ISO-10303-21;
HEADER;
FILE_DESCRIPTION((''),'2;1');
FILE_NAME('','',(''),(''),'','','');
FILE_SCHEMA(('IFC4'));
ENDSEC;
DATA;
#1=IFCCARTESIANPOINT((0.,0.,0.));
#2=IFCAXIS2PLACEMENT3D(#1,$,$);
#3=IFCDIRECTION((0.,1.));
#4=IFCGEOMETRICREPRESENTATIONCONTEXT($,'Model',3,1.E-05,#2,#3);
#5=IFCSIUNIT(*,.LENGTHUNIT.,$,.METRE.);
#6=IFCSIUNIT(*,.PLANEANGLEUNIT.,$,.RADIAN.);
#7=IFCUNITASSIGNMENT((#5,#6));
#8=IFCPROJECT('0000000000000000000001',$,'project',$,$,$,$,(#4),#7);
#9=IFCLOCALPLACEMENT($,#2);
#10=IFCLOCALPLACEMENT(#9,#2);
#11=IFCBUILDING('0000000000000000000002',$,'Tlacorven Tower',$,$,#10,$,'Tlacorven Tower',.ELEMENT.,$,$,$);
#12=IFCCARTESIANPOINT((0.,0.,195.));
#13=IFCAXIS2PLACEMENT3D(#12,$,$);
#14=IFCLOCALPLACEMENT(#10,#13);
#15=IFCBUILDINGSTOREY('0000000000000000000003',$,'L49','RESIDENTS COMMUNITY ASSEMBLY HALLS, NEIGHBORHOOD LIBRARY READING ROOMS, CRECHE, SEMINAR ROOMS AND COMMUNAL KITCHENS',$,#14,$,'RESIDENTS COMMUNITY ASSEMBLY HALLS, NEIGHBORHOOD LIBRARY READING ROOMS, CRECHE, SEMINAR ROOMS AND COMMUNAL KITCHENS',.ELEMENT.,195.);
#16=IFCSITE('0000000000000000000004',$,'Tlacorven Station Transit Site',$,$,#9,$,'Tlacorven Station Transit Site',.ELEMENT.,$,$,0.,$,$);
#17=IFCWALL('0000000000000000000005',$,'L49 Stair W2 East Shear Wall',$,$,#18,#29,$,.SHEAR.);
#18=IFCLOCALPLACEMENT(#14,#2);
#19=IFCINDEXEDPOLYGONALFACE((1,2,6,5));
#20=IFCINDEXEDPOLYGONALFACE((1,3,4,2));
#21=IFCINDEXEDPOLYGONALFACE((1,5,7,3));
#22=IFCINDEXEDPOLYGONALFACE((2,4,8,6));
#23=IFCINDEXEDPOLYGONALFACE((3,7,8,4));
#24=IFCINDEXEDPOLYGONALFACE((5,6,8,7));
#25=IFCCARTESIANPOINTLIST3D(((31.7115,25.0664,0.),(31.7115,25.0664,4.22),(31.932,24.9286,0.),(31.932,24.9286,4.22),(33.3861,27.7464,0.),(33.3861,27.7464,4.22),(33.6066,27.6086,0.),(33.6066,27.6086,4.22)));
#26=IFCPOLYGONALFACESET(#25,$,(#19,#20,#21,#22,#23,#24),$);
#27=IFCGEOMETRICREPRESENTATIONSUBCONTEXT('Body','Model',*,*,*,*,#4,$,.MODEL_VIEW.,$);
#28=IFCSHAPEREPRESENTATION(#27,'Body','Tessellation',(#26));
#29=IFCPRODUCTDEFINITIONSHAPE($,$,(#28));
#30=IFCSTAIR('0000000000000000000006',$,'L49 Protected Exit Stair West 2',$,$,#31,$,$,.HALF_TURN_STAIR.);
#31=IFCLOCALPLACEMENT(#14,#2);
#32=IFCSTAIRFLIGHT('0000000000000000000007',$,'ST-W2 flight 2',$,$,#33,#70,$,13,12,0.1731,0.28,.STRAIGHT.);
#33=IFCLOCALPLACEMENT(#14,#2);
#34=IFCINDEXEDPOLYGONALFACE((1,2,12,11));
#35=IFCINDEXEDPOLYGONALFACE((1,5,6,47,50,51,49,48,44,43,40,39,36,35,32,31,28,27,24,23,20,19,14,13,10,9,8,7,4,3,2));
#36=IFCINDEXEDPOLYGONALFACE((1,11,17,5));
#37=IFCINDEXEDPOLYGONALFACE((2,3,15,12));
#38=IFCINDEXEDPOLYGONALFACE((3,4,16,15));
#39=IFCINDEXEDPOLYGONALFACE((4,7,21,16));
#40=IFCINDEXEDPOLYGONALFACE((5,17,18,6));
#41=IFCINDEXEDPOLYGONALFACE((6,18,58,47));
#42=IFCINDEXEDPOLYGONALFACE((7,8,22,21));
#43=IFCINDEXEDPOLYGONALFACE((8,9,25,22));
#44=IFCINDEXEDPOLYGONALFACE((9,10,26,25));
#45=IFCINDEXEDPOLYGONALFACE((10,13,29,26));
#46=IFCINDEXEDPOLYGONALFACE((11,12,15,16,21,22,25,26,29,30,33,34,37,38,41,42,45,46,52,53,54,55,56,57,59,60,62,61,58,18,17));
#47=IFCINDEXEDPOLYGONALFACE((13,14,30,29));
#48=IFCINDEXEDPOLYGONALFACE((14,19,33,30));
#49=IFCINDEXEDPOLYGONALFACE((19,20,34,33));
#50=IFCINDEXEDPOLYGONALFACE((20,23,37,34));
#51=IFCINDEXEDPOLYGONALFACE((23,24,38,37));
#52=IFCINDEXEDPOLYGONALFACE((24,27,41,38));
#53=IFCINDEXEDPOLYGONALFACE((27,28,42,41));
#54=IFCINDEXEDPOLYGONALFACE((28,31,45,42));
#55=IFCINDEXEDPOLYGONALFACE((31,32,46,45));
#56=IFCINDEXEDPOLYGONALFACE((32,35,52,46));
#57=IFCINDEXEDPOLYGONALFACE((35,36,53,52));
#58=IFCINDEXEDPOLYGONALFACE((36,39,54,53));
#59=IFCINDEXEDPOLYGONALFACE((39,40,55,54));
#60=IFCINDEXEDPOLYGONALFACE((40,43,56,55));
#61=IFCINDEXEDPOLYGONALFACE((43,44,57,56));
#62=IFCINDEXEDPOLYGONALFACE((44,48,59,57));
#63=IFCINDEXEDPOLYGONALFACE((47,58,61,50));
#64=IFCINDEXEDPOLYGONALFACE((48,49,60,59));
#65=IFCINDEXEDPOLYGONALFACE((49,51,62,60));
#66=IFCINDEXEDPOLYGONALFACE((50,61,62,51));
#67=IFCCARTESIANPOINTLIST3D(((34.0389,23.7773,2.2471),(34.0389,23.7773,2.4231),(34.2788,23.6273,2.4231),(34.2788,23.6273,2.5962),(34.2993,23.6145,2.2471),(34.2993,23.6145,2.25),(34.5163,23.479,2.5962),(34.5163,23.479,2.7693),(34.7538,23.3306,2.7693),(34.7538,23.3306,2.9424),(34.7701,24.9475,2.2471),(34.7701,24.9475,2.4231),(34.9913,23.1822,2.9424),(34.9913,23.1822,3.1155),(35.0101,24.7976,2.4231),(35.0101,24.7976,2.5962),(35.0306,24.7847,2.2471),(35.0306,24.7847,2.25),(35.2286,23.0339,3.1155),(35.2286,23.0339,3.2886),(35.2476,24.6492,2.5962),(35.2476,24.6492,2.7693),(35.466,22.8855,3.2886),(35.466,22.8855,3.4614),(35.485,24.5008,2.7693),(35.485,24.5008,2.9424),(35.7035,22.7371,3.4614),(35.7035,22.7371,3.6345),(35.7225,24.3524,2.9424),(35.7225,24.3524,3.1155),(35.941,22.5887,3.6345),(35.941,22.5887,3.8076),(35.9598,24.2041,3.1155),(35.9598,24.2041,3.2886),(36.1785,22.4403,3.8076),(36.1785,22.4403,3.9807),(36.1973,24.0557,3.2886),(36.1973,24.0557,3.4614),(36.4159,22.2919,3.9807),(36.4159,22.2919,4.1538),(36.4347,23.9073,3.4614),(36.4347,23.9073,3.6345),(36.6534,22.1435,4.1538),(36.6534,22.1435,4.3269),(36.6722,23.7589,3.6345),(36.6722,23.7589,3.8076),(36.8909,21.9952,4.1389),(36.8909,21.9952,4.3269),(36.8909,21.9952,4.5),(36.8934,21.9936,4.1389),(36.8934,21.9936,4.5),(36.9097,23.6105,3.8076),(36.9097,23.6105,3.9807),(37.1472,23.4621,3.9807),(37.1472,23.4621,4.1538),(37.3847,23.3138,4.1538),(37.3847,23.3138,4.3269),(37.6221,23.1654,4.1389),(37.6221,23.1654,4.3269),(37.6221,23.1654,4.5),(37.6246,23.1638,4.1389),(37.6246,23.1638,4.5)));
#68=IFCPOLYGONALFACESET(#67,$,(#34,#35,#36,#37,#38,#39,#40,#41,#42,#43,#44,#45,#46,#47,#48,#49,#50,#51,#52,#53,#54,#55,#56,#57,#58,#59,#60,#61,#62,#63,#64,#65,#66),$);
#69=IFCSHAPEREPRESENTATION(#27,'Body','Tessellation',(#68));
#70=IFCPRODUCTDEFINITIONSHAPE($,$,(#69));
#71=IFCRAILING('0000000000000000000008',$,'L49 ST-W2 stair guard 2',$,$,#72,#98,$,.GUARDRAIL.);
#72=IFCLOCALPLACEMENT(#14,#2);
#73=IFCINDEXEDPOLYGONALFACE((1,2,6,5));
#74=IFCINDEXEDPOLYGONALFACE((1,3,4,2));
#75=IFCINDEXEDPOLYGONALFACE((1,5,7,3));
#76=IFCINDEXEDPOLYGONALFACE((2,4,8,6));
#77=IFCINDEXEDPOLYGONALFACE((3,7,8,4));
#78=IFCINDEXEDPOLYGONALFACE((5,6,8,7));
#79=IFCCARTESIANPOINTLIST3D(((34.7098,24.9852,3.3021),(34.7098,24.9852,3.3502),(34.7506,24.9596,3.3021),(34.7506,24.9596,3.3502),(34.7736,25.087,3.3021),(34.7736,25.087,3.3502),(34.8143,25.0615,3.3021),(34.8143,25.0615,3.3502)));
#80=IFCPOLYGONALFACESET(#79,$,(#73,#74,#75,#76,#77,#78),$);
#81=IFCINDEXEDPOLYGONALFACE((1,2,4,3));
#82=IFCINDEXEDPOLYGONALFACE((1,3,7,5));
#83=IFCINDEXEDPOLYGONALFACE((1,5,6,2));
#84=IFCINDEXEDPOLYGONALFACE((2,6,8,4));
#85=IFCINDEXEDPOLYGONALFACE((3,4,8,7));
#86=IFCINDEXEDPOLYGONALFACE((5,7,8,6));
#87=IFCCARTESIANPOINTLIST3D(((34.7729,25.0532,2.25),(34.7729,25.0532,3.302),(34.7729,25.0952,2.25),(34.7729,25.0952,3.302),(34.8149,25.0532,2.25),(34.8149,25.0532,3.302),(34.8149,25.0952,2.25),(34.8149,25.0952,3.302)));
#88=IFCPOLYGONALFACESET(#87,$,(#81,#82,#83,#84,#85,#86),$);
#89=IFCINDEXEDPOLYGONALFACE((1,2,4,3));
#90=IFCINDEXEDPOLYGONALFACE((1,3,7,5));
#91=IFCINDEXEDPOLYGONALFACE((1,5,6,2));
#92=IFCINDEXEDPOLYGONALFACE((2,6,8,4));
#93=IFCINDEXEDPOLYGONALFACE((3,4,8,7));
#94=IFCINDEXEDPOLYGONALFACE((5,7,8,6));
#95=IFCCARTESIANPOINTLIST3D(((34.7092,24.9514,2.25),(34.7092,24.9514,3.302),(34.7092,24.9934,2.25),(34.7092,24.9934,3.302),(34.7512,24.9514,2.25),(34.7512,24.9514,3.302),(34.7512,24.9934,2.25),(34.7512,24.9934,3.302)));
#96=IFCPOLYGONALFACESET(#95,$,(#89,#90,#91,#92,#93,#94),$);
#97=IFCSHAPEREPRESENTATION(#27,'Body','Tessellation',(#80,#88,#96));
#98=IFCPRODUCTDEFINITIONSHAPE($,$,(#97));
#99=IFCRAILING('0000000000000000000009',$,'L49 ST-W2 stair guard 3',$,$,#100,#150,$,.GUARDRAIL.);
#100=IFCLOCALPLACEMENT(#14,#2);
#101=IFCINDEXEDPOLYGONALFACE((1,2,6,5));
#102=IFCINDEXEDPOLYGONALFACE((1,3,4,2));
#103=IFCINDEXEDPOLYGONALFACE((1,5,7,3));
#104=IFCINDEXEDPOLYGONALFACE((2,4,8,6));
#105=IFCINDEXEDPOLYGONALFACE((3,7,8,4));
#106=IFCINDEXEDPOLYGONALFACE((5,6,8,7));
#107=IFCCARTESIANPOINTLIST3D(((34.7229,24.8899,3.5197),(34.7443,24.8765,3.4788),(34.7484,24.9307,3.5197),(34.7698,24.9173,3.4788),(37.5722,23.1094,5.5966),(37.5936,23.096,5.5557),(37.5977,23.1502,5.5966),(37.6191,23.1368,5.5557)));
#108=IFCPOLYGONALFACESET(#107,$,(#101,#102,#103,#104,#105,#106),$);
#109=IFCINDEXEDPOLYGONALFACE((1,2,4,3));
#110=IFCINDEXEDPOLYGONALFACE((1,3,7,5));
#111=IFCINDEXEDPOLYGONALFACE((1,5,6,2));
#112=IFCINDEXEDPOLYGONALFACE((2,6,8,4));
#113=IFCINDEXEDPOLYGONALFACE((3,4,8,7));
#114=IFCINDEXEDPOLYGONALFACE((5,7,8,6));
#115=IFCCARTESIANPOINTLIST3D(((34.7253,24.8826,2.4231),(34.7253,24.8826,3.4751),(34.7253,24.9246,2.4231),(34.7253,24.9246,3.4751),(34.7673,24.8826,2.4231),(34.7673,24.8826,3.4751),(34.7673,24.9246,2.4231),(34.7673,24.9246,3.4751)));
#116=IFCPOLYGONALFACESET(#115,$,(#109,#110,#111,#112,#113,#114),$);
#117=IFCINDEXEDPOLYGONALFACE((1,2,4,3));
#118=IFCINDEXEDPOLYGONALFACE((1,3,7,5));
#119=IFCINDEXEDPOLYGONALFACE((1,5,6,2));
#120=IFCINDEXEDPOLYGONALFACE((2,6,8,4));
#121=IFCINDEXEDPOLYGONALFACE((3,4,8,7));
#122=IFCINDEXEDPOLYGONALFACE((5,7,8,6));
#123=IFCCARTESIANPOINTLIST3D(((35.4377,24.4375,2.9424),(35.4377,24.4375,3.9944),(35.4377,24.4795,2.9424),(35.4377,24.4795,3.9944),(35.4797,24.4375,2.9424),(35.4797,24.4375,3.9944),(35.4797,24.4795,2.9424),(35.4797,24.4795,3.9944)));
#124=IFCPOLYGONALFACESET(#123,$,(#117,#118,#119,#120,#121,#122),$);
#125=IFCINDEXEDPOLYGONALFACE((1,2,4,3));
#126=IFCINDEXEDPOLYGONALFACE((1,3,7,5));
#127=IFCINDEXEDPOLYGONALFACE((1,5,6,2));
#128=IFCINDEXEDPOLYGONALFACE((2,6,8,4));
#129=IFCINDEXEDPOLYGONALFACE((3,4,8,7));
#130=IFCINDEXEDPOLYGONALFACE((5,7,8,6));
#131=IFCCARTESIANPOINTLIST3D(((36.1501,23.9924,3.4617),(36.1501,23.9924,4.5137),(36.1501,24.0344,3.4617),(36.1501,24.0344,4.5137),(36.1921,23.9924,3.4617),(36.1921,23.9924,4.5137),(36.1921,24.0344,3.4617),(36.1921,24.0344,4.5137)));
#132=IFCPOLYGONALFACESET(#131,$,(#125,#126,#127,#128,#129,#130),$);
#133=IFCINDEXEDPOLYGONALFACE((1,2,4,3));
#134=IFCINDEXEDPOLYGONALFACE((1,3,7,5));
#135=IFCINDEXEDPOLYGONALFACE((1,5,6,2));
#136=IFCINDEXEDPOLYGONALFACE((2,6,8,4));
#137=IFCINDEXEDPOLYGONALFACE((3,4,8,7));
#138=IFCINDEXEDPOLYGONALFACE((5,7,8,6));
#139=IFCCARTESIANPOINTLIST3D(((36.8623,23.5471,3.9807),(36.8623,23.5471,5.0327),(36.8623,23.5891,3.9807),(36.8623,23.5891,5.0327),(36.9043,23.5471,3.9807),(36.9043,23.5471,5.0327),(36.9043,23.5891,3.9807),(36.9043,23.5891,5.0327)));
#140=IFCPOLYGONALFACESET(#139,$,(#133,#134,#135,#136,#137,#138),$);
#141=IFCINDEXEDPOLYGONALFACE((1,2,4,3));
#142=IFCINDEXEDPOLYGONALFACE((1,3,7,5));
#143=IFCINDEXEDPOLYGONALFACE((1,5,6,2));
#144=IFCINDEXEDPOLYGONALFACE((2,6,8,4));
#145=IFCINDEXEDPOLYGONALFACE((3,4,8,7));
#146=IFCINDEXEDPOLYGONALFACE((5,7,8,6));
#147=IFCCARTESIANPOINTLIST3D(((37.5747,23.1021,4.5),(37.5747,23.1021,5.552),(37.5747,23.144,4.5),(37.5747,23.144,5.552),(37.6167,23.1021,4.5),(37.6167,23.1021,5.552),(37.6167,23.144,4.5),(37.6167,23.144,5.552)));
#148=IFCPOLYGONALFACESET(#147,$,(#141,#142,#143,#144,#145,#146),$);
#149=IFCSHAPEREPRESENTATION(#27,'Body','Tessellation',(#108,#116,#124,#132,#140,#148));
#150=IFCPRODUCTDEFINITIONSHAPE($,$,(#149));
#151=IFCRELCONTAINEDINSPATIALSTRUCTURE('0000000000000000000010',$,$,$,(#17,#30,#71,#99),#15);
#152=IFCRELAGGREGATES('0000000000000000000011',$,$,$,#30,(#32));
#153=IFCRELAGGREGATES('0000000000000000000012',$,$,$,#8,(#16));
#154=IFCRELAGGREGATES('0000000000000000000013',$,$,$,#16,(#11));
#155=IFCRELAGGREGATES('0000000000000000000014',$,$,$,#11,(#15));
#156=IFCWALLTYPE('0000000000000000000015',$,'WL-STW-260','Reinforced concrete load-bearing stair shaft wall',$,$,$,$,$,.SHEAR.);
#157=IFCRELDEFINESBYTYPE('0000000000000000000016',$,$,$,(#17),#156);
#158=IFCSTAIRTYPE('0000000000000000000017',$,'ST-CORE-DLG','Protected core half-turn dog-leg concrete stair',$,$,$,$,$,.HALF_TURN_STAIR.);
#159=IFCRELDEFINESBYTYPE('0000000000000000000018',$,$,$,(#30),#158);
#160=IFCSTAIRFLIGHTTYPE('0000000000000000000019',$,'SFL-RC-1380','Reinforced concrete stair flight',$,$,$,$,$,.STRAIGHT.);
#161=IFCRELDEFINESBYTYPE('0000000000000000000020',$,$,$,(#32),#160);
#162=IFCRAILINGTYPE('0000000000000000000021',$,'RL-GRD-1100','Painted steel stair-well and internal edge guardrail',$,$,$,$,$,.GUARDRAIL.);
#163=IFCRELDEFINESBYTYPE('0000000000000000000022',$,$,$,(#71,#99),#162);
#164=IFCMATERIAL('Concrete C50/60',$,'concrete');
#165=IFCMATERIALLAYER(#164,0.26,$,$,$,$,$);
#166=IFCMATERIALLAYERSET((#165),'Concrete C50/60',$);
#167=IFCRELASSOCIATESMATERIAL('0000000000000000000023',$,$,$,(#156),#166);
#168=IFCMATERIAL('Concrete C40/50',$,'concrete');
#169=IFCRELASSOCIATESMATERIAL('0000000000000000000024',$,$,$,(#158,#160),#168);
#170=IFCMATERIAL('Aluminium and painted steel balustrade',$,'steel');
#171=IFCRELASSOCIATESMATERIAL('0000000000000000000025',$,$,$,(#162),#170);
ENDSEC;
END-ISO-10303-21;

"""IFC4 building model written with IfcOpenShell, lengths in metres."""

from ifc_helpers import new_model, si_unit, direction, frame, frame_2d, origin, origin_2d, place, context, subcontext, project, spatial, polyline, rectangle, outline, extrude, source, transform, mapped, material, layer, layer_set, type_object, element, aggregate, save


model = new_model("IFC4")

# Units and contexts
model_context = context("Model", 3, precision=1e-05, world=origin(), true_north=direction((0.0, 1.0)))
body_context = subcontext(model_context, "Body", "Model", "MODEL_VIEW")
ifc_project = project(units=[si_unit("LENGTHUNIT", "METRE"), si_unit("PLANEANGLEUNIT", "RADIAN")], contexts=[model_context])

# Site, building, storey
site_placement = place(None, origin())
site = spatial("IfcSite", under=ifc_project, at=site_placement, Name="Tlacorven Station Transit Site", LongName="Tlacorven Station Transit Site", CompositionType="ELEMENT", RefElevation=0.0)
building_placement = place(site_placement, origin())
building = spatial("IfcBuilding", under=site, at=building_placement, Name="Tlacorven Tower", LongName="Tlacorven Tower", CompositionType="ELEMENT")
storey_placement = place(building_placement, frame((0.0, 0.0, 195.0)))
storey = spatial("IfcBuildingStorey", under=building, at=storey_placement, Name="L49", Description="RESIDENTS COMMUNITY ASSEMBLY HALLS, NEIGHBORHOOD LIBRARY READING ROOMS, CRECHE, SEMINAR ROOMS AND COMMUNAL KITCHENS", LongName="RESIDENTS COMMUNITY ASSEMBLY HALLS, NEIGHBORHOOD LIBRARY READING ROOMS, CRECHE, SEMINAR ROOMS AND COMMUNAL KITCHENS", CompositionType="ELEMENT", Elevation=195.0)

# Shared definitions
ifc_material_1 = material(Name="Concrete C40/50", Category="concrete")

# Wall
ifc_material_2 = material(Name="Concrete C50/60", Category="concrete")
ifc_layer_1 = layer(ifc_material_2, 0.26)
ifc_layer_set_1 = layer_set([ifc_layer_1], Name="Concrete C50/60")
wall_type_1 = type_object("IfcWallType", Name="WL-STW-260", Description="Reinforced concrete load-bearing stair shaft wall", PredefinedType="SHEAR", material=ifc_layer_set_1)
wall_1_placement = place(storey_placement, frame((33.4963, 27.6775, 0.0), z_axis=(0.0, 0.0, 1.0), x_axis=(-0.529909, -0.848055, 0.0)))
element("IfcWall", 1, at=wall_1_placement, inside=storey, type_object=wall_type_1, Name="L49 Stair W2 East Shear Wall", PredefinedType="SHEAR", context=body_context, shape_type="SweptSolid", body=[
    extrude(rectangle(XDim=3.1602, YDim=0.26, at=frame_2d((1.5801, 0.0))), origin(), (0.0, 0.0, 1.0), 4.22),
])

# Stair, stair flight
stair_type = type_object("IfcStairType", Name="ST-CORE-DLG", Description="Protected core half-turn dog-leg concrete stair", PredefinedType="HALF_TURN_STAIR", material=ifc_material_1)
stair_placement = place(storey_placement, origin())
stair = element("IfcStair", 2, at=stair_placement, inside=storey, type_object=stair_type, Name="L49 Protected Exit Stair West 2", PredefinedType="HALF_TURN_STAIR")
stair_flight_type = type_object("IfcStairFlightType", Name="SFL-RC-1380", Description="Reinforced concrete stair flight", PredefinedType="STRAIGHT", material=ifc_material_1)
shared_shape_1 = source(origin(), body_context, "Body", "SweptSolid", [
    extrude(outline(polyline([(-0.0029, -0.0029), (-0.0029, 0.1731), (0.28, 0.1731), (0.28, 0.3462), (0.5601, 0.3462), (0.5601, 0.5193), (0.8401, 0.5193), (0.8401, 0.6924), (1.1201, 0.6924), (1.1201, 0.8655), (1.3999, 0.8655), (1.3999, 1.0386), (1.6799, 1.0386), (1.6799, 1.2114), (1.96, 1.2114), (1.96, 1.3845), (2.24, 1.3845), (2.24, 1.5576), (2.52, 1.5576), (2.52, 1.7307), (2.8, 1.7307), (2.8, 1.9038), (3.0801, 1.9038), (3.0801, 2.0769), (3.3601, 2.0769), (3.3601, 2.25), (3.363, 2.25), (3.363, 1.8889), (3.3601, 1.8889), (0.3042, 0.0), (0.3042, -0.0029), (-0.0029, -0.0029)])), frame((0.0, 0.6899, 0.0), z_axis=(0.0, -1.0, 0.0), x_axis=(1.0, 0.0, 0.0)), (0.0, 0.0, 1.0), 1.3799),
])
stair_flight_placement = place(storey_placement, frame((34.407, 24.3608, 2.25), z_axis=(0.0, 0.0, 1.0), x_axis=(0.848048, -0.529919, 0.0)))
stair_flight = element("IfcStairFlight", 3, at=stair_flight_placement, type_object=stair_flight_type, Name="ST-W2 flight 2", NumberOfRisers=13, NumberOfTreads=12, PredefinedType="STRAIGHT", RiserHeight=0.1731, TreadLength=0.28, context=body_context, shape_type="MappedRepresentation", body=[
    mapped(shared_shape_1, transform((0.0, 0.0, 0.0), scale=1.0)),
])
aggregate(stair, [stair_flight])

# Railings
ifc_material_3 = material(Name="Aluminium and painted steel balustrade", Category="steel")
railing_type = type_object("IfcRailingType", Name="RL-GRD-1100", Description="Painted steel stair-well and internal edge guardrail", PredefinedType="GUARDRAIL", material=ifc_material_3)
shared_shape_2 = source(origin(), body_context, "Body", "SweptSolid", [
    extrude(rectangle(XDim=0.0481, YDim=0.0481, at=origin_2d()), frame((0.0, 0.0, 1.0762), z_axis=(-0.530547, -0.847656, 0.0), x_axis=(0.847656, -0.530547, 0.0)), (0.0, 0.0, 1.0), 0.1201),
    extrude(rectangle(XDim=0.042, YDim=0.042, at=origin_2d()), origin(), (0.0, 0.0, 1.0), 1.052),
    extrude(rectangle(XDim=0.042, YDim=0.042, at=origin_2d()), frame((-0.0637, -0.1018, 0.0)), (0.0, 0.0, 1.0), 1.052),
])
railing_1_placement = place(storey_placement, frame((34.7939, 25.0742, 2.25)))
element("IfcRailing", 4, at=railing_1_placement, inside=storey, type_object=railing_type, Name="L49 ST-W2 stair guard 2", PredefinedType="GUARDRAIL", context=body_context, shape_type="MappedRepresentation", body=[
    mapped(shared_shape_2, transform((0.0, 0.0, 0.0), scale=1.0)),
])
shared_shape_3 = source(origin(), body_context, "Body", "SweptSolid", [
    extrude(rectangle(XDim=0.0481, YDim=0.0481, at=origin_2d()), frame((0.0, 0.0, 1.0762), z_axis=(0.721355, -0.450762, 0.525796), x_axis=(0.529927, 0.848043, 0.0)), (0.0, 0.0, 1.0), 3.95),
    extrude(rectangle(XDim=0.042, YDim=0.042, at=origin_2d()), origin(), (0.0, 0.0, 1.0), 1.052),
    extrude(rectangle(XDim=0.042, YDim=0.042, at=origin_2d()), frame((0.7124, -0.4451, 0.5193)), (0.0, 0.0, 1.0), 1.052),
    extrude(rectangle(XDim=0.042, YDim=0.042, at=origin_2d()), frame((1.4248, -0.8901, 1.0386)), (0.0, 0.0, 1.0), 1.052),
    extrude(rectangle(XDim=0.042, YDim=0.042, at=origin_2d()), frame((2.137, -1.3354, 1.5576)), (0.0, 0.0, 1.0), 1.052),
    extrude(rectangle(XDim=0.042, YDim=0.042, at=origin_2d()), frame((2.8494, -1.7805, 2.0769)), (0.0, 0.0, 1.0), 1.052),
])
railing_2_placement = place(storey_placement, frame((34.7463, 24.9036, 2.4231)))
element("IfcRailing", 5, at=railing_2_placement, inside=storey, type_object=railing_type, Name="L49 ST-W2 stair guard 3", PredefinedType="GUARDRAIL", context=body_context, shape_type="MappedRepresentation", body=[
    mapped(shared_shape_3, transform((0.0, 0.0, 0.0), scale=1.0)),
])

save(model, "model.ifc")
